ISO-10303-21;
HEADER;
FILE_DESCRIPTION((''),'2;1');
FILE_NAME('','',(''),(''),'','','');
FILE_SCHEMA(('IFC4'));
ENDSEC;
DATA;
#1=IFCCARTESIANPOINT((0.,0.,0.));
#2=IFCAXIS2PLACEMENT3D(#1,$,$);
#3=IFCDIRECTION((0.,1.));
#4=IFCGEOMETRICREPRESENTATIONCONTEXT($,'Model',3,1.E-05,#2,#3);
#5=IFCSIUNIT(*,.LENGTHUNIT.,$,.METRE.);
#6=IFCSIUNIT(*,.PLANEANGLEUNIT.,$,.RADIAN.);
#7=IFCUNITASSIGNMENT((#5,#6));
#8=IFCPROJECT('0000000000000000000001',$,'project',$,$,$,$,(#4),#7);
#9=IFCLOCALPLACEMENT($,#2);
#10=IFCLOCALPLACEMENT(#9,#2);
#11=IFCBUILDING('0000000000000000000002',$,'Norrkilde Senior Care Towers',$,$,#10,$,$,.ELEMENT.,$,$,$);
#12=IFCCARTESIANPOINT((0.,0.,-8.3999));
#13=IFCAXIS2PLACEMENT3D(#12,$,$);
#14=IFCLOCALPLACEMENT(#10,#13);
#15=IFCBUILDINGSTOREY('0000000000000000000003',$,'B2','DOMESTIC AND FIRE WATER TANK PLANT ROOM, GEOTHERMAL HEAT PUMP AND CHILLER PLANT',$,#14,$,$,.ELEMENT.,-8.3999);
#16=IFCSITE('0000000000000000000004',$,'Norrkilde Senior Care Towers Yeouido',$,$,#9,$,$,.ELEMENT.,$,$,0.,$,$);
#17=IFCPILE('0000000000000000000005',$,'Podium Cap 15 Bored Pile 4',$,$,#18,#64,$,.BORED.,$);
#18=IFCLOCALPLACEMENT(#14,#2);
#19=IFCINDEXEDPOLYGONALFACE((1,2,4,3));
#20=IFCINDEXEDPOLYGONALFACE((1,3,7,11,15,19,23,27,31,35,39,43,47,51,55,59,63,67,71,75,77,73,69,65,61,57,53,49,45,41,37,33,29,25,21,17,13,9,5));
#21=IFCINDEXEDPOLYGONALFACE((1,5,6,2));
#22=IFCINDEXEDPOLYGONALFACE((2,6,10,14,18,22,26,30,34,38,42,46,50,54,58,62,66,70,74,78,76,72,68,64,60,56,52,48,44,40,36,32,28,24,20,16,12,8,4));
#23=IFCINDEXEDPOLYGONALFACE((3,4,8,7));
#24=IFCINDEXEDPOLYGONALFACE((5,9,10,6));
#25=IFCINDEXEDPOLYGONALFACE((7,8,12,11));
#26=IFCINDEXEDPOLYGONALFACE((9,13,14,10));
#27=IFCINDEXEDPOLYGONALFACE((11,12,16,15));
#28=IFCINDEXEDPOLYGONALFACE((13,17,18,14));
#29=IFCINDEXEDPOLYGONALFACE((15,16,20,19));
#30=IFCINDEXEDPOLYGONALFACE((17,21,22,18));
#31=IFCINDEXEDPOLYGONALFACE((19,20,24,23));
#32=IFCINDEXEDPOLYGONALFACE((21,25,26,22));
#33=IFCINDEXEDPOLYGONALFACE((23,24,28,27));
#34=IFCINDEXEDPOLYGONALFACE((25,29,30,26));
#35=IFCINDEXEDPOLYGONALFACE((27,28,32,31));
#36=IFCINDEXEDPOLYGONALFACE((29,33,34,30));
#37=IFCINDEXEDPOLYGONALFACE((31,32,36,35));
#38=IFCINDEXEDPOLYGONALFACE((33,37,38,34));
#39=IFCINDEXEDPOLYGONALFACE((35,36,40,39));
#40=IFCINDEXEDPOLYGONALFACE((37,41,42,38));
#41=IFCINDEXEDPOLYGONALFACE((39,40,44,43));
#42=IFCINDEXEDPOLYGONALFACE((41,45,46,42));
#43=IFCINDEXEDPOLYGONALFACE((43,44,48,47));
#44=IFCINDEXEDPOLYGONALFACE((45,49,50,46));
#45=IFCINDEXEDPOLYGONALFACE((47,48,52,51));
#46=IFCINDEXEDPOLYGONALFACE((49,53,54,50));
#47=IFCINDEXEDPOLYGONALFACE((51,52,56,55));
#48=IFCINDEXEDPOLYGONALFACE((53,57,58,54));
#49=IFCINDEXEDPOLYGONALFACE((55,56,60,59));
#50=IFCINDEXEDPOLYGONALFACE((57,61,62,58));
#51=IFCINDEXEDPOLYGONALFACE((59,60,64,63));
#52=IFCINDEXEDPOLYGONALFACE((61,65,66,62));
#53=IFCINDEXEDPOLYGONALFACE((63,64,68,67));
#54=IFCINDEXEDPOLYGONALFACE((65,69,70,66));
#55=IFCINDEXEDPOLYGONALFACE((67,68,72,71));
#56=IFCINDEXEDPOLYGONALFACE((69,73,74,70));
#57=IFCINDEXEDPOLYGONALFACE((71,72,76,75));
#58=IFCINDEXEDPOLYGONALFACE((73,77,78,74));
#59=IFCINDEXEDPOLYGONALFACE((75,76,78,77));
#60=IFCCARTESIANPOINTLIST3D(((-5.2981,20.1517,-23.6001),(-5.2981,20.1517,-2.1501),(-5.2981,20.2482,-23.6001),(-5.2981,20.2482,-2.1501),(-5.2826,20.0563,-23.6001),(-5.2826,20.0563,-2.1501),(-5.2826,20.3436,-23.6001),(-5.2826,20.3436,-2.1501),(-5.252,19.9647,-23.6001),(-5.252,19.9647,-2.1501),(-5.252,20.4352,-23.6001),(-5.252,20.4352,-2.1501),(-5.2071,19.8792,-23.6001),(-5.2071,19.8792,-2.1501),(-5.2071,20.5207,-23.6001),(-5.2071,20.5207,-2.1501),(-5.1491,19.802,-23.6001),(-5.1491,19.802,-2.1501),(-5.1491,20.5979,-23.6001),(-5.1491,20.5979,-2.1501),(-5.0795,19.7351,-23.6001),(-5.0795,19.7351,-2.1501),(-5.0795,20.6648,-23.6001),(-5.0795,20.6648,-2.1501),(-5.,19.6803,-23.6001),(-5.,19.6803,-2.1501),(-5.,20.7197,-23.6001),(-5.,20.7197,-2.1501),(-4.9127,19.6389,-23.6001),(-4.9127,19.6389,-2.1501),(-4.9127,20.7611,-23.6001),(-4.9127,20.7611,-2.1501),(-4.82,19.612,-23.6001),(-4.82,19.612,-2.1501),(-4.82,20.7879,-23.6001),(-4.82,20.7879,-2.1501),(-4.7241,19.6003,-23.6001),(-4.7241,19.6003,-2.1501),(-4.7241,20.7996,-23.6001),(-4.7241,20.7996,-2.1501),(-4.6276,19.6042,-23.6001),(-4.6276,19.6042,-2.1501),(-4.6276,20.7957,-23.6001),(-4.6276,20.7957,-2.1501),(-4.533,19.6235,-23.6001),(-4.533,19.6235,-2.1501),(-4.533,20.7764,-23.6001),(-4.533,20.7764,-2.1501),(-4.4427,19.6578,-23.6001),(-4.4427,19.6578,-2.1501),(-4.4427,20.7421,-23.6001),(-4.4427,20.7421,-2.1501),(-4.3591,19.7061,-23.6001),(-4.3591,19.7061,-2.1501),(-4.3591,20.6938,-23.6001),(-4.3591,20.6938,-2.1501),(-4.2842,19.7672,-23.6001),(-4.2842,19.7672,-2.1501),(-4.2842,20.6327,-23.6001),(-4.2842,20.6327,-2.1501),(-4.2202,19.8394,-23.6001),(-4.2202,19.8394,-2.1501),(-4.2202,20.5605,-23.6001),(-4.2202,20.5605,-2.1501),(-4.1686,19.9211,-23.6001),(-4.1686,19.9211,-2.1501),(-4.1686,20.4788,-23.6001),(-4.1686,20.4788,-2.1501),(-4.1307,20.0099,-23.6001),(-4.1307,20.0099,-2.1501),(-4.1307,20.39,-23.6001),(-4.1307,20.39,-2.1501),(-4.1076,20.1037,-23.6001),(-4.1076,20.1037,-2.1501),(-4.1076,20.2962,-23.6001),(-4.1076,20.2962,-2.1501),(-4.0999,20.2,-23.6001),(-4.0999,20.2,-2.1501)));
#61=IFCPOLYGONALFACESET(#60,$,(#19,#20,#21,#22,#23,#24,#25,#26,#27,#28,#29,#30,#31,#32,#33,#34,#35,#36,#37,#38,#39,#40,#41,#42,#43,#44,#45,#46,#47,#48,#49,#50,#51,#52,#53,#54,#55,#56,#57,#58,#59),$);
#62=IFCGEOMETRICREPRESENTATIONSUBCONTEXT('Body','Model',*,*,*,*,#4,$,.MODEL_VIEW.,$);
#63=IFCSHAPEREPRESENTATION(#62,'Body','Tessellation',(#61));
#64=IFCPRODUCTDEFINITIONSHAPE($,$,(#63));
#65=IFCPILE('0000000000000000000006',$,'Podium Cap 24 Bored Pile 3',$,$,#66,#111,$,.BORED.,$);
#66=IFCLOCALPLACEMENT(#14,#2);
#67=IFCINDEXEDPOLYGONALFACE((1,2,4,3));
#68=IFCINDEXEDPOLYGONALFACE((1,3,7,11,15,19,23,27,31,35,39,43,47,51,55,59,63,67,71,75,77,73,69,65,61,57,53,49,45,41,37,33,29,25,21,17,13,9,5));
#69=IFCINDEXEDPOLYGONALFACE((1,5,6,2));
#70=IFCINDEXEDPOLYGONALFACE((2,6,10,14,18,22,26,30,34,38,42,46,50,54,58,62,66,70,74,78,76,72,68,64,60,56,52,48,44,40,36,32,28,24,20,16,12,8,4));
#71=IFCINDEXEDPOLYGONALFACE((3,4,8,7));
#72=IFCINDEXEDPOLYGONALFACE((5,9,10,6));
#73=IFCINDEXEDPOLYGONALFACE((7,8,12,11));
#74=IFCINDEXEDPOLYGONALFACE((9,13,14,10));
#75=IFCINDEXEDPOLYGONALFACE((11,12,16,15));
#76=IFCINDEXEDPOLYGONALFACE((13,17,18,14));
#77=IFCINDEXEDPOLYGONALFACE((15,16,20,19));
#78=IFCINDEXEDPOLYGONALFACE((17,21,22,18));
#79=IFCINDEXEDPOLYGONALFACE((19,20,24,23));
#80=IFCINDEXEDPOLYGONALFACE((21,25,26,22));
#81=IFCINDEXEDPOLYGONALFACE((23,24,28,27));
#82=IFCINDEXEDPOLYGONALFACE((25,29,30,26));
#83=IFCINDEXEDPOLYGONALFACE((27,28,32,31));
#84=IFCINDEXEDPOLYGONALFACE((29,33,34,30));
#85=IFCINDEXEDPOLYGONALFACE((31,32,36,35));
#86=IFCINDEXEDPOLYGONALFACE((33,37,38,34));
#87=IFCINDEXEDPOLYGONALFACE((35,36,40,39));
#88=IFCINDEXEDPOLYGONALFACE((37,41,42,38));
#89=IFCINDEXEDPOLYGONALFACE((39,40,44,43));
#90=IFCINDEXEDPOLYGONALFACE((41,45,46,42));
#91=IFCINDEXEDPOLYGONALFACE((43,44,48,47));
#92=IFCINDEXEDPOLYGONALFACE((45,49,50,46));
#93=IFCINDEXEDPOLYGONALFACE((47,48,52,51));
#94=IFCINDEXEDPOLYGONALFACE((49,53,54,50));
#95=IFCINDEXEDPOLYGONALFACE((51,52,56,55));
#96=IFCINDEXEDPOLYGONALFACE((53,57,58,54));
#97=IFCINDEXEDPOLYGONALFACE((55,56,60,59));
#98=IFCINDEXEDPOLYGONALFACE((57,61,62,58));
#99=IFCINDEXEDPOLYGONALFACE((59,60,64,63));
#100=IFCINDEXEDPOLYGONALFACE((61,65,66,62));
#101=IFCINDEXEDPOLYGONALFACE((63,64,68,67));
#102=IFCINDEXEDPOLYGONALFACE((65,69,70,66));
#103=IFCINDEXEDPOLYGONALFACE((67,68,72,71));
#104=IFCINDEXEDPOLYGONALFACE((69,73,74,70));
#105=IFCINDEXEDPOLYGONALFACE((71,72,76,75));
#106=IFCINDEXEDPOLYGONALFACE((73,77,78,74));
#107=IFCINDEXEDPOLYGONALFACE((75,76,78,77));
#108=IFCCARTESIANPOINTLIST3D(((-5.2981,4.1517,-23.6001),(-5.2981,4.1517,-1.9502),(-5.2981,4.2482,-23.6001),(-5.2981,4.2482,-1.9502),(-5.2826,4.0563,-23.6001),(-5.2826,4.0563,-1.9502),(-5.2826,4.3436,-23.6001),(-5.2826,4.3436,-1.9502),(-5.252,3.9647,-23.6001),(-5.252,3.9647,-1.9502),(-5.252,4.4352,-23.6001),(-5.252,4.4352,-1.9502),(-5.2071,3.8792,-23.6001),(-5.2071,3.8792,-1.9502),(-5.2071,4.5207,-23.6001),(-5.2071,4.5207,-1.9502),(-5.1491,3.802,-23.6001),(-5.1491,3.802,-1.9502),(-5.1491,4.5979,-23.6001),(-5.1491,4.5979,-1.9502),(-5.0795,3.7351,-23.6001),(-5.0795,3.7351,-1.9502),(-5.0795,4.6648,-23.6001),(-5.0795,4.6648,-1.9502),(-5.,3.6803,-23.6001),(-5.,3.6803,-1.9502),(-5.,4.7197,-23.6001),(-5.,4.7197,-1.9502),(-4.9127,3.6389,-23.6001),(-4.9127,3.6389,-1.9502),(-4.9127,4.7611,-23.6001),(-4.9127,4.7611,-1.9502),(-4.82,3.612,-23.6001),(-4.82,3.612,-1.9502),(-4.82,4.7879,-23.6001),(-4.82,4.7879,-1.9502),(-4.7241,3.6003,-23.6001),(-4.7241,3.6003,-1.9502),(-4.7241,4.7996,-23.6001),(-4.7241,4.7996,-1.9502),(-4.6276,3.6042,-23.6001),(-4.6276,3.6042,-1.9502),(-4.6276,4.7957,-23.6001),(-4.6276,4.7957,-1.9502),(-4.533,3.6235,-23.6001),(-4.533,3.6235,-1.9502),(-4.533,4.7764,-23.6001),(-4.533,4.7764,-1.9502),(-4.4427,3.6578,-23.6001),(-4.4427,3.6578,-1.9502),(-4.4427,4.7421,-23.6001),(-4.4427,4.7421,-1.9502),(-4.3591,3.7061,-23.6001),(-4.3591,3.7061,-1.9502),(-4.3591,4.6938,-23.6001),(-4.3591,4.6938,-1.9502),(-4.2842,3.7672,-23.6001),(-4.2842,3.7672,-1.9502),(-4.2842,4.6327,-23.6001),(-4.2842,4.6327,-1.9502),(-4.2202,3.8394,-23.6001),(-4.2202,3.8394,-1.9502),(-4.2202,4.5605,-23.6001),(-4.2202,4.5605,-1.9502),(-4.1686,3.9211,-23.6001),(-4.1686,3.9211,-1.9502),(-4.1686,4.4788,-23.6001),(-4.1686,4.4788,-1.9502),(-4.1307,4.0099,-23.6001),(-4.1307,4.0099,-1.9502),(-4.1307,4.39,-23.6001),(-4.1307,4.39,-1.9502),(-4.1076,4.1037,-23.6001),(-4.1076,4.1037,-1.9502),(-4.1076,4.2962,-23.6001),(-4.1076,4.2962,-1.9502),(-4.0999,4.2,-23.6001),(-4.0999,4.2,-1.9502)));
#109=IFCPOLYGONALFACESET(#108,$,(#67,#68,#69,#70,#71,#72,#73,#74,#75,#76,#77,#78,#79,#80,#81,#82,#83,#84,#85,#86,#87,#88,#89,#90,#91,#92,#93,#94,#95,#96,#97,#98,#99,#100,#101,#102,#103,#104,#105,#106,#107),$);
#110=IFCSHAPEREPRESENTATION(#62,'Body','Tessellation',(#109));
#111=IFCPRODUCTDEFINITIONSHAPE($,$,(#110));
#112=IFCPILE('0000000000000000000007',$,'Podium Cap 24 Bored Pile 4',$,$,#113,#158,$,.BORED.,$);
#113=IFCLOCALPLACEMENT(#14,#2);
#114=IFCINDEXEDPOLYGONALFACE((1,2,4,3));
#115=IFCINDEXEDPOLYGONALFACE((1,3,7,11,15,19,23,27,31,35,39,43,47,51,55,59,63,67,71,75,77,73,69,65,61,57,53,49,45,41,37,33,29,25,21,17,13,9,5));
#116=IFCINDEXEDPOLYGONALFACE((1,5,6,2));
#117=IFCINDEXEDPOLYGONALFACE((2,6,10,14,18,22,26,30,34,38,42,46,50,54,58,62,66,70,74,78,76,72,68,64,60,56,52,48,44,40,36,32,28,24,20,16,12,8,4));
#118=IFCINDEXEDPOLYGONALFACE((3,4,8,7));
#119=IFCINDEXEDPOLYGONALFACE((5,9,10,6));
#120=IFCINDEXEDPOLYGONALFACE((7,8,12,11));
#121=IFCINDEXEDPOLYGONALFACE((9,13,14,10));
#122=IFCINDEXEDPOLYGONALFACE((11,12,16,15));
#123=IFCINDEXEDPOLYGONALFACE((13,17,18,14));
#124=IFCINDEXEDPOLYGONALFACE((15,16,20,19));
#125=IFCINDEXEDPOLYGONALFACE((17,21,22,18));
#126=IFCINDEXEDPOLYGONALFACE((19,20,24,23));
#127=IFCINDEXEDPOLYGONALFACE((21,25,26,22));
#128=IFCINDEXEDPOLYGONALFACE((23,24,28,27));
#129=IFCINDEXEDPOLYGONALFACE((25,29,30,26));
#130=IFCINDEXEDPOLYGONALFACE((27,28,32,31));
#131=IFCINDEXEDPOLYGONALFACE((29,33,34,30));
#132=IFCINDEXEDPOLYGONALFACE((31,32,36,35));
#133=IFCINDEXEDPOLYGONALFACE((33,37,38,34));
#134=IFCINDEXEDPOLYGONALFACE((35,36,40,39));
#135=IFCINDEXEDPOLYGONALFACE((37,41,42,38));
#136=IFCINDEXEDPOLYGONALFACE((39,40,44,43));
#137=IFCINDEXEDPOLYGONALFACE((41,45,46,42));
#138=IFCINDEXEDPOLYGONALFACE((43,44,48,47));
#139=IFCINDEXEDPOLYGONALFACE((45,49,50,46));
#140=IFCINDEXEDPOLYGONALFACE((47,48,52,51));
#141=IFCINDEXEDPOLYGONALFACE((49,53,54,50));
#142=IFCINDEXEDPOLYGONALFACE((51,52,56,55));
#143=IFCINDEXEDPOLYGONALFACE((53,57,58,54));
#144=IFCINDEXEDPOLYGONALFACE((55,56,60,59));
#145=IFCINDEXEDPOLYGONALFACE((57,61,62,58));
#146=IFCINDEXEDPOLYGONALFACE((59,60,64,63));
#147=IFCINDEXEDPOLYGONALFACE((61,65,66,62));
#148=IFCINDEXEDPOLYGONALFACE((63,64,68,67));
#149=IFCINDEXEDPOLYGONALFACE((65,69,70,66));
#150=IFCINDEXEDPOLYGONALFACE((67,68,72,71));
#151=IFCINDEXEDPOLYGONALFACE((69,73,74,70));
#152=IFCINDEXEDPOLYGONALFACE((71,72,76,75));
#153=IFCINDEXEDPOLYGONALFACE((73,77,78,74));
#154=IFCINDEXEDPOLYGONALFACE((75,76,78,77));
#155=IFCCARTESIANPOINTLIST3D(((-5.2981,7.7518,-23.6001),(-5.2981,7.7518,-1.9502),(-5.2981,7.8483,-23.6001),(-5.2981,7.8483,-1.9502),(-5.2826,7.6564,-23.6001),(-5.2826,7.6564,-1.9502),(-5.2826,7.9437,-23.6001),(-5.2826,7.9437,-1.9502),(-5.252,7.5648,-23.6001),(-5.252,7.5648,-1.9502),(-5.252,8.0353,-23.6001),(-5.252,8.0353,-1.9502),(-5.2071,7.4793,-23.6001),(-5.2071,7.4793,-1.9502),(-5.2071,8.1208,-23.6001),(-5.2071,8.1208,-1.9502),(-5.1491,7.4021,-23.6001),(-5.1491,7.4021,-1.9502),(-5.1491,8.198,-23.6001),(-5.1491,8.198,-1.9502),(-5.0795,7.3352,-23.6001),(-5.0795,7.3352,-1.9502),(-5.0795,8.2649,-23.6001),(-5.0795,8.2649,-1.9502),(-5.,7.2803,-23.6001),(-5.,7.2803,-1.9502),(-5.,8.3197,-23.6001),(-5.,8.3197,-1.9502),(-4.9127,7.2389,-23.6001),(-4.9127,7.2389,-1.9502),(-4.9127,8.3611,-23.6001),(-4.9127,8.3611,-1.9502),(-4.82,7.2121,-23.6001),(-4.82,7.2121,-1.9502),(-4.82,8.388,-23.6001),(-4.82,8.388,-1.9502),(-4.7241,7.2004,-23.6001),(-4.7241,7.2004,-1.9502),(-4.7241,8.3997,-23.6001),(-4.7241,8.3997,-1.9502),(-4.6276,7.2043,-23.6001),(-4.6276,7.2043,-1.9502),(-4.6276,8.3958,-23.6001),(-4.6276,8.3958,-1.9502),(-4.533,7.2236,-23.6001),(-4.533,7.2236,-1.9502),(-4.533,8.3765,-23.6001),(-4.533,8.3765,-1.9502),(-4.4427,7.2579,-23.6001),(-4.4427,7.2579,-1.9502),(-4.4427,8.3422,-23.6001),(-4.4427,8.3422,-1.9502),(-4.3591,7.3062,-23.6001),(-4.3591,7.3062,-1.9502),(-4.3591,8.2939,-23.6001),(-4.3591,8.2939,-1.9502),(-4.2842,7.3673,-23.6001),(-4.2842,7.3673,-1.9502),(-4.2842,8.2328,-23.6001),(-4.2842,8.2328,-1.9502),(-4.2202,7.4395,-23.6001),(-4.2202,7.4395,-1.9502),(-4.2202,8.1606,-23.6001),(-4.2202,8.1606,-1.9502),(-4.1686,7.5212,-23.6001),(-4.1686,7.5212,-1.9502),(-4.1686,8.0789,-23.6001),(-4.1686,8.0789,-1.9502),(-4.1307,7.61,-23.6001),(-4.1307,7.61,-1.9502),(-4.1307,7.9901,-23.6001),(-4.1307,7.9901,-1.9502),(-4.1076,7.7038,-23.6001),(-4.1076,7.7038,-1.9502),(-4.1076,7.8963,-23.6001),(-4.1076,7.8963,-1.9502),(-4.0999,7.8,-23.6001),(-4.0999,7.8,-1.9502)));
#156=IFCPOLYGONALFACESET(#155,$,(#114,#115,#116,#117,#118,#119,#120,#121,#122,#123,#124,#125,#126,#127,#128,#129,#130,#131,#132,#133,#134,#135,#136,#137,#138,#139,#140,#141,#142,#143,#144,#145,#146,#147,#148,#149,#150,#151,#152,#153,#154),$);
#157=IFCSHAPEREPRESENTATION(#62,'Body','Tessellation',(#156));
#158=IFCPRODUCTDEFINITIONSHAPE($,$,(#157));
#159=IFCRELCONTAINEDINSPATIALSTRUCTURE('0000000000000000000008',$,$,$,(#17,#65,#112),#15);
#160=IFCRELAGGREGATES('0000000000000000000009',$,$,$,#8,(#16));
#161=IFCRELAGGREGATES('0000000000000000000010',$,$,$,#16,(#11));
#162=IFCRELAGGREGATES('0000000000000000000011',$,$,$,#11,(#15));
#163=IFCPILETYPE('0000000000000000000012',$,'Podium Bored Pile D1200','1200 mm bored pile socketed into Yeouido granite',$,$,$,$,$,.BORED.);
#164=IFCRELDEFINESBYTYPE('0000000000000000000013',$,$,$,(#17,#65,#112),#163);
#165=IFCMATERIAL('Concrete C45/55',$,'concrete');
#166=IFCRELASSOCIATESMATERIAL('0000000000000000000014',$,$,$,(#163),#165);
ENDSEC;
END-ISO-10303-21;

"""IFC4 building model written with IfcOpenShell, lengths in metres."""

from ifc_helpers import new_model, si_unit, direction, frame, origin, origin_2d, place, context, subcontext, project, spatial, circle, extrude, source, transform, mapped, material, material_profile, profile_set, type_object, type_shapes, element, save


model = new_model("IFC4")

# Units and contexts
model_context = context("Model", 3, precision=1e-05, world=origin(), true_north=direction((0.0, 1.0)))
body_context = subcontext(model_context, "Body", "Model", "MODEL_VIEW")
ifc_project = project(units=[si_unit("LENGTHUNIT", "METRE"), si_unit("PLANEANGLEUNIT", "RADIAN")], contexts=[model_context])

# Site, building, storey
site_placement = place(None, origin())
site = spatial("IfcSite", under=ifc_project, at=site_placement, Name="Norrkilde Senior Care Towers Yeouido", CompositionType="ELEMENT", RefElevation=0.0)
building_placement = place(site_placement, origin())
building = spatial("IfcBuilding", under=site, at=building_placement, Name="Norrkilde Senior Care Towers", CompositionType="ELEMENT")
storey_placement = place(building_placement, frame((0.0, 0.0, -8.3999)))
storey = spatial("IfcBuildingStorey", under=building, at=storey_placement, Name="B2", Description="DOMESTIC AND FIRE WATER TANK PLANT ROOM, GEOTHERMAL HEAT PUMP AND CHILLER PLANT", CompositionType="ELEMENT", Elevation=-8.3999)

# Piles
ifc_material_1 = material(Name="Concrete C45/55", Category="concrete")
ifc_material_profile = material_profile(ifc_material_1, circle(Radius=0.6001, at=origin_2d()), Name="BORED PILE 1200")
ifc_profile_set = profile_set([ifc_material_profile], Name="Concrete C45/55")
pile_type = type_object("IfcPileType", Name="Podium Bored Pile D1200", Description="1200 mm bored pile socketed into Yeouido granite", PredefinedType="BORED", material=ifc_profile_set)
shared_shape_1 = source(origin(), body_context, "Body", "SweptSolid", [
    extrude(circle(Radius=0.6001, at=origin_2d()), origin(), (0.0, 0.0, 1.0), 21.45),
])
for number, where, z_axis, x_axis, name in (
    (1, (-4.7, 20.2, -2.1501), (0.0, 0.0, -1.0), (1.0, 0.0, 0.0), "Podium Cap 15 Bored Pile 4"),
):
    element("IfcPile", number, at=place(storey_placement, frame(where, z_axis=z_axis, x_axis=x_axis)), inside=storey, type_object=pile_type, Name=name, PredefinedType="BORED", context=body_context, shape_type="MappedRepresentation", body=[
        mapped(shared_shape_1, transform((0.0, 0.0, 0.0), x_axis=(1.0, 0.0, 0.0), y_axis=(0.0, 1.0, 0.0), z_axis=(0.0, 0.0, 1.0), scale=1.0)),
    ])
shared_shape_2 = source(origin(), body_context, "Body", "SweptSolid", [
    extrude(circle(Radius=0.6001, at=origin_2d()), origin(), (0.0, 0.0, 1.0), 21.6499),
])
type_shapes(pile_type, [shared_shape_1, shared_shape_2])
for number, where, z_axis, x_axis, name in (
    (2, (-4.7, 4.2, -1.9502), (0.0, 0.0, -1.0), (1.0, 0.0, 0.0), "Podium Cap 24 Bored Pile 3"),
    (3, (-4.7, 7.8, -1.9502), (0.0, 0.0, -1.0), (1.0, 0.0, 0.0), "Podium Cap 24 Bored Pile 4"),
):
    element("IfcPile", number, at=place(storey_placement, frame(where, z_axis=z_axis, x_axis=x_axis)), inside=storey, type_object=pile_type, Name=name, PredefinedType="BORED", context=body_context, shape_type="MappedRepresentation", body=[
        mapped(shared_shape_2, transform((0.0, 0.0, 0.0), x_axis=(1.0, 0.0, 0.0), y_axis=(0.0, 1.0, 0.0), z_axis=(0.0, 0.0, 1.0), scale=1.0)),
    ])

save(model, "model.ifc")
